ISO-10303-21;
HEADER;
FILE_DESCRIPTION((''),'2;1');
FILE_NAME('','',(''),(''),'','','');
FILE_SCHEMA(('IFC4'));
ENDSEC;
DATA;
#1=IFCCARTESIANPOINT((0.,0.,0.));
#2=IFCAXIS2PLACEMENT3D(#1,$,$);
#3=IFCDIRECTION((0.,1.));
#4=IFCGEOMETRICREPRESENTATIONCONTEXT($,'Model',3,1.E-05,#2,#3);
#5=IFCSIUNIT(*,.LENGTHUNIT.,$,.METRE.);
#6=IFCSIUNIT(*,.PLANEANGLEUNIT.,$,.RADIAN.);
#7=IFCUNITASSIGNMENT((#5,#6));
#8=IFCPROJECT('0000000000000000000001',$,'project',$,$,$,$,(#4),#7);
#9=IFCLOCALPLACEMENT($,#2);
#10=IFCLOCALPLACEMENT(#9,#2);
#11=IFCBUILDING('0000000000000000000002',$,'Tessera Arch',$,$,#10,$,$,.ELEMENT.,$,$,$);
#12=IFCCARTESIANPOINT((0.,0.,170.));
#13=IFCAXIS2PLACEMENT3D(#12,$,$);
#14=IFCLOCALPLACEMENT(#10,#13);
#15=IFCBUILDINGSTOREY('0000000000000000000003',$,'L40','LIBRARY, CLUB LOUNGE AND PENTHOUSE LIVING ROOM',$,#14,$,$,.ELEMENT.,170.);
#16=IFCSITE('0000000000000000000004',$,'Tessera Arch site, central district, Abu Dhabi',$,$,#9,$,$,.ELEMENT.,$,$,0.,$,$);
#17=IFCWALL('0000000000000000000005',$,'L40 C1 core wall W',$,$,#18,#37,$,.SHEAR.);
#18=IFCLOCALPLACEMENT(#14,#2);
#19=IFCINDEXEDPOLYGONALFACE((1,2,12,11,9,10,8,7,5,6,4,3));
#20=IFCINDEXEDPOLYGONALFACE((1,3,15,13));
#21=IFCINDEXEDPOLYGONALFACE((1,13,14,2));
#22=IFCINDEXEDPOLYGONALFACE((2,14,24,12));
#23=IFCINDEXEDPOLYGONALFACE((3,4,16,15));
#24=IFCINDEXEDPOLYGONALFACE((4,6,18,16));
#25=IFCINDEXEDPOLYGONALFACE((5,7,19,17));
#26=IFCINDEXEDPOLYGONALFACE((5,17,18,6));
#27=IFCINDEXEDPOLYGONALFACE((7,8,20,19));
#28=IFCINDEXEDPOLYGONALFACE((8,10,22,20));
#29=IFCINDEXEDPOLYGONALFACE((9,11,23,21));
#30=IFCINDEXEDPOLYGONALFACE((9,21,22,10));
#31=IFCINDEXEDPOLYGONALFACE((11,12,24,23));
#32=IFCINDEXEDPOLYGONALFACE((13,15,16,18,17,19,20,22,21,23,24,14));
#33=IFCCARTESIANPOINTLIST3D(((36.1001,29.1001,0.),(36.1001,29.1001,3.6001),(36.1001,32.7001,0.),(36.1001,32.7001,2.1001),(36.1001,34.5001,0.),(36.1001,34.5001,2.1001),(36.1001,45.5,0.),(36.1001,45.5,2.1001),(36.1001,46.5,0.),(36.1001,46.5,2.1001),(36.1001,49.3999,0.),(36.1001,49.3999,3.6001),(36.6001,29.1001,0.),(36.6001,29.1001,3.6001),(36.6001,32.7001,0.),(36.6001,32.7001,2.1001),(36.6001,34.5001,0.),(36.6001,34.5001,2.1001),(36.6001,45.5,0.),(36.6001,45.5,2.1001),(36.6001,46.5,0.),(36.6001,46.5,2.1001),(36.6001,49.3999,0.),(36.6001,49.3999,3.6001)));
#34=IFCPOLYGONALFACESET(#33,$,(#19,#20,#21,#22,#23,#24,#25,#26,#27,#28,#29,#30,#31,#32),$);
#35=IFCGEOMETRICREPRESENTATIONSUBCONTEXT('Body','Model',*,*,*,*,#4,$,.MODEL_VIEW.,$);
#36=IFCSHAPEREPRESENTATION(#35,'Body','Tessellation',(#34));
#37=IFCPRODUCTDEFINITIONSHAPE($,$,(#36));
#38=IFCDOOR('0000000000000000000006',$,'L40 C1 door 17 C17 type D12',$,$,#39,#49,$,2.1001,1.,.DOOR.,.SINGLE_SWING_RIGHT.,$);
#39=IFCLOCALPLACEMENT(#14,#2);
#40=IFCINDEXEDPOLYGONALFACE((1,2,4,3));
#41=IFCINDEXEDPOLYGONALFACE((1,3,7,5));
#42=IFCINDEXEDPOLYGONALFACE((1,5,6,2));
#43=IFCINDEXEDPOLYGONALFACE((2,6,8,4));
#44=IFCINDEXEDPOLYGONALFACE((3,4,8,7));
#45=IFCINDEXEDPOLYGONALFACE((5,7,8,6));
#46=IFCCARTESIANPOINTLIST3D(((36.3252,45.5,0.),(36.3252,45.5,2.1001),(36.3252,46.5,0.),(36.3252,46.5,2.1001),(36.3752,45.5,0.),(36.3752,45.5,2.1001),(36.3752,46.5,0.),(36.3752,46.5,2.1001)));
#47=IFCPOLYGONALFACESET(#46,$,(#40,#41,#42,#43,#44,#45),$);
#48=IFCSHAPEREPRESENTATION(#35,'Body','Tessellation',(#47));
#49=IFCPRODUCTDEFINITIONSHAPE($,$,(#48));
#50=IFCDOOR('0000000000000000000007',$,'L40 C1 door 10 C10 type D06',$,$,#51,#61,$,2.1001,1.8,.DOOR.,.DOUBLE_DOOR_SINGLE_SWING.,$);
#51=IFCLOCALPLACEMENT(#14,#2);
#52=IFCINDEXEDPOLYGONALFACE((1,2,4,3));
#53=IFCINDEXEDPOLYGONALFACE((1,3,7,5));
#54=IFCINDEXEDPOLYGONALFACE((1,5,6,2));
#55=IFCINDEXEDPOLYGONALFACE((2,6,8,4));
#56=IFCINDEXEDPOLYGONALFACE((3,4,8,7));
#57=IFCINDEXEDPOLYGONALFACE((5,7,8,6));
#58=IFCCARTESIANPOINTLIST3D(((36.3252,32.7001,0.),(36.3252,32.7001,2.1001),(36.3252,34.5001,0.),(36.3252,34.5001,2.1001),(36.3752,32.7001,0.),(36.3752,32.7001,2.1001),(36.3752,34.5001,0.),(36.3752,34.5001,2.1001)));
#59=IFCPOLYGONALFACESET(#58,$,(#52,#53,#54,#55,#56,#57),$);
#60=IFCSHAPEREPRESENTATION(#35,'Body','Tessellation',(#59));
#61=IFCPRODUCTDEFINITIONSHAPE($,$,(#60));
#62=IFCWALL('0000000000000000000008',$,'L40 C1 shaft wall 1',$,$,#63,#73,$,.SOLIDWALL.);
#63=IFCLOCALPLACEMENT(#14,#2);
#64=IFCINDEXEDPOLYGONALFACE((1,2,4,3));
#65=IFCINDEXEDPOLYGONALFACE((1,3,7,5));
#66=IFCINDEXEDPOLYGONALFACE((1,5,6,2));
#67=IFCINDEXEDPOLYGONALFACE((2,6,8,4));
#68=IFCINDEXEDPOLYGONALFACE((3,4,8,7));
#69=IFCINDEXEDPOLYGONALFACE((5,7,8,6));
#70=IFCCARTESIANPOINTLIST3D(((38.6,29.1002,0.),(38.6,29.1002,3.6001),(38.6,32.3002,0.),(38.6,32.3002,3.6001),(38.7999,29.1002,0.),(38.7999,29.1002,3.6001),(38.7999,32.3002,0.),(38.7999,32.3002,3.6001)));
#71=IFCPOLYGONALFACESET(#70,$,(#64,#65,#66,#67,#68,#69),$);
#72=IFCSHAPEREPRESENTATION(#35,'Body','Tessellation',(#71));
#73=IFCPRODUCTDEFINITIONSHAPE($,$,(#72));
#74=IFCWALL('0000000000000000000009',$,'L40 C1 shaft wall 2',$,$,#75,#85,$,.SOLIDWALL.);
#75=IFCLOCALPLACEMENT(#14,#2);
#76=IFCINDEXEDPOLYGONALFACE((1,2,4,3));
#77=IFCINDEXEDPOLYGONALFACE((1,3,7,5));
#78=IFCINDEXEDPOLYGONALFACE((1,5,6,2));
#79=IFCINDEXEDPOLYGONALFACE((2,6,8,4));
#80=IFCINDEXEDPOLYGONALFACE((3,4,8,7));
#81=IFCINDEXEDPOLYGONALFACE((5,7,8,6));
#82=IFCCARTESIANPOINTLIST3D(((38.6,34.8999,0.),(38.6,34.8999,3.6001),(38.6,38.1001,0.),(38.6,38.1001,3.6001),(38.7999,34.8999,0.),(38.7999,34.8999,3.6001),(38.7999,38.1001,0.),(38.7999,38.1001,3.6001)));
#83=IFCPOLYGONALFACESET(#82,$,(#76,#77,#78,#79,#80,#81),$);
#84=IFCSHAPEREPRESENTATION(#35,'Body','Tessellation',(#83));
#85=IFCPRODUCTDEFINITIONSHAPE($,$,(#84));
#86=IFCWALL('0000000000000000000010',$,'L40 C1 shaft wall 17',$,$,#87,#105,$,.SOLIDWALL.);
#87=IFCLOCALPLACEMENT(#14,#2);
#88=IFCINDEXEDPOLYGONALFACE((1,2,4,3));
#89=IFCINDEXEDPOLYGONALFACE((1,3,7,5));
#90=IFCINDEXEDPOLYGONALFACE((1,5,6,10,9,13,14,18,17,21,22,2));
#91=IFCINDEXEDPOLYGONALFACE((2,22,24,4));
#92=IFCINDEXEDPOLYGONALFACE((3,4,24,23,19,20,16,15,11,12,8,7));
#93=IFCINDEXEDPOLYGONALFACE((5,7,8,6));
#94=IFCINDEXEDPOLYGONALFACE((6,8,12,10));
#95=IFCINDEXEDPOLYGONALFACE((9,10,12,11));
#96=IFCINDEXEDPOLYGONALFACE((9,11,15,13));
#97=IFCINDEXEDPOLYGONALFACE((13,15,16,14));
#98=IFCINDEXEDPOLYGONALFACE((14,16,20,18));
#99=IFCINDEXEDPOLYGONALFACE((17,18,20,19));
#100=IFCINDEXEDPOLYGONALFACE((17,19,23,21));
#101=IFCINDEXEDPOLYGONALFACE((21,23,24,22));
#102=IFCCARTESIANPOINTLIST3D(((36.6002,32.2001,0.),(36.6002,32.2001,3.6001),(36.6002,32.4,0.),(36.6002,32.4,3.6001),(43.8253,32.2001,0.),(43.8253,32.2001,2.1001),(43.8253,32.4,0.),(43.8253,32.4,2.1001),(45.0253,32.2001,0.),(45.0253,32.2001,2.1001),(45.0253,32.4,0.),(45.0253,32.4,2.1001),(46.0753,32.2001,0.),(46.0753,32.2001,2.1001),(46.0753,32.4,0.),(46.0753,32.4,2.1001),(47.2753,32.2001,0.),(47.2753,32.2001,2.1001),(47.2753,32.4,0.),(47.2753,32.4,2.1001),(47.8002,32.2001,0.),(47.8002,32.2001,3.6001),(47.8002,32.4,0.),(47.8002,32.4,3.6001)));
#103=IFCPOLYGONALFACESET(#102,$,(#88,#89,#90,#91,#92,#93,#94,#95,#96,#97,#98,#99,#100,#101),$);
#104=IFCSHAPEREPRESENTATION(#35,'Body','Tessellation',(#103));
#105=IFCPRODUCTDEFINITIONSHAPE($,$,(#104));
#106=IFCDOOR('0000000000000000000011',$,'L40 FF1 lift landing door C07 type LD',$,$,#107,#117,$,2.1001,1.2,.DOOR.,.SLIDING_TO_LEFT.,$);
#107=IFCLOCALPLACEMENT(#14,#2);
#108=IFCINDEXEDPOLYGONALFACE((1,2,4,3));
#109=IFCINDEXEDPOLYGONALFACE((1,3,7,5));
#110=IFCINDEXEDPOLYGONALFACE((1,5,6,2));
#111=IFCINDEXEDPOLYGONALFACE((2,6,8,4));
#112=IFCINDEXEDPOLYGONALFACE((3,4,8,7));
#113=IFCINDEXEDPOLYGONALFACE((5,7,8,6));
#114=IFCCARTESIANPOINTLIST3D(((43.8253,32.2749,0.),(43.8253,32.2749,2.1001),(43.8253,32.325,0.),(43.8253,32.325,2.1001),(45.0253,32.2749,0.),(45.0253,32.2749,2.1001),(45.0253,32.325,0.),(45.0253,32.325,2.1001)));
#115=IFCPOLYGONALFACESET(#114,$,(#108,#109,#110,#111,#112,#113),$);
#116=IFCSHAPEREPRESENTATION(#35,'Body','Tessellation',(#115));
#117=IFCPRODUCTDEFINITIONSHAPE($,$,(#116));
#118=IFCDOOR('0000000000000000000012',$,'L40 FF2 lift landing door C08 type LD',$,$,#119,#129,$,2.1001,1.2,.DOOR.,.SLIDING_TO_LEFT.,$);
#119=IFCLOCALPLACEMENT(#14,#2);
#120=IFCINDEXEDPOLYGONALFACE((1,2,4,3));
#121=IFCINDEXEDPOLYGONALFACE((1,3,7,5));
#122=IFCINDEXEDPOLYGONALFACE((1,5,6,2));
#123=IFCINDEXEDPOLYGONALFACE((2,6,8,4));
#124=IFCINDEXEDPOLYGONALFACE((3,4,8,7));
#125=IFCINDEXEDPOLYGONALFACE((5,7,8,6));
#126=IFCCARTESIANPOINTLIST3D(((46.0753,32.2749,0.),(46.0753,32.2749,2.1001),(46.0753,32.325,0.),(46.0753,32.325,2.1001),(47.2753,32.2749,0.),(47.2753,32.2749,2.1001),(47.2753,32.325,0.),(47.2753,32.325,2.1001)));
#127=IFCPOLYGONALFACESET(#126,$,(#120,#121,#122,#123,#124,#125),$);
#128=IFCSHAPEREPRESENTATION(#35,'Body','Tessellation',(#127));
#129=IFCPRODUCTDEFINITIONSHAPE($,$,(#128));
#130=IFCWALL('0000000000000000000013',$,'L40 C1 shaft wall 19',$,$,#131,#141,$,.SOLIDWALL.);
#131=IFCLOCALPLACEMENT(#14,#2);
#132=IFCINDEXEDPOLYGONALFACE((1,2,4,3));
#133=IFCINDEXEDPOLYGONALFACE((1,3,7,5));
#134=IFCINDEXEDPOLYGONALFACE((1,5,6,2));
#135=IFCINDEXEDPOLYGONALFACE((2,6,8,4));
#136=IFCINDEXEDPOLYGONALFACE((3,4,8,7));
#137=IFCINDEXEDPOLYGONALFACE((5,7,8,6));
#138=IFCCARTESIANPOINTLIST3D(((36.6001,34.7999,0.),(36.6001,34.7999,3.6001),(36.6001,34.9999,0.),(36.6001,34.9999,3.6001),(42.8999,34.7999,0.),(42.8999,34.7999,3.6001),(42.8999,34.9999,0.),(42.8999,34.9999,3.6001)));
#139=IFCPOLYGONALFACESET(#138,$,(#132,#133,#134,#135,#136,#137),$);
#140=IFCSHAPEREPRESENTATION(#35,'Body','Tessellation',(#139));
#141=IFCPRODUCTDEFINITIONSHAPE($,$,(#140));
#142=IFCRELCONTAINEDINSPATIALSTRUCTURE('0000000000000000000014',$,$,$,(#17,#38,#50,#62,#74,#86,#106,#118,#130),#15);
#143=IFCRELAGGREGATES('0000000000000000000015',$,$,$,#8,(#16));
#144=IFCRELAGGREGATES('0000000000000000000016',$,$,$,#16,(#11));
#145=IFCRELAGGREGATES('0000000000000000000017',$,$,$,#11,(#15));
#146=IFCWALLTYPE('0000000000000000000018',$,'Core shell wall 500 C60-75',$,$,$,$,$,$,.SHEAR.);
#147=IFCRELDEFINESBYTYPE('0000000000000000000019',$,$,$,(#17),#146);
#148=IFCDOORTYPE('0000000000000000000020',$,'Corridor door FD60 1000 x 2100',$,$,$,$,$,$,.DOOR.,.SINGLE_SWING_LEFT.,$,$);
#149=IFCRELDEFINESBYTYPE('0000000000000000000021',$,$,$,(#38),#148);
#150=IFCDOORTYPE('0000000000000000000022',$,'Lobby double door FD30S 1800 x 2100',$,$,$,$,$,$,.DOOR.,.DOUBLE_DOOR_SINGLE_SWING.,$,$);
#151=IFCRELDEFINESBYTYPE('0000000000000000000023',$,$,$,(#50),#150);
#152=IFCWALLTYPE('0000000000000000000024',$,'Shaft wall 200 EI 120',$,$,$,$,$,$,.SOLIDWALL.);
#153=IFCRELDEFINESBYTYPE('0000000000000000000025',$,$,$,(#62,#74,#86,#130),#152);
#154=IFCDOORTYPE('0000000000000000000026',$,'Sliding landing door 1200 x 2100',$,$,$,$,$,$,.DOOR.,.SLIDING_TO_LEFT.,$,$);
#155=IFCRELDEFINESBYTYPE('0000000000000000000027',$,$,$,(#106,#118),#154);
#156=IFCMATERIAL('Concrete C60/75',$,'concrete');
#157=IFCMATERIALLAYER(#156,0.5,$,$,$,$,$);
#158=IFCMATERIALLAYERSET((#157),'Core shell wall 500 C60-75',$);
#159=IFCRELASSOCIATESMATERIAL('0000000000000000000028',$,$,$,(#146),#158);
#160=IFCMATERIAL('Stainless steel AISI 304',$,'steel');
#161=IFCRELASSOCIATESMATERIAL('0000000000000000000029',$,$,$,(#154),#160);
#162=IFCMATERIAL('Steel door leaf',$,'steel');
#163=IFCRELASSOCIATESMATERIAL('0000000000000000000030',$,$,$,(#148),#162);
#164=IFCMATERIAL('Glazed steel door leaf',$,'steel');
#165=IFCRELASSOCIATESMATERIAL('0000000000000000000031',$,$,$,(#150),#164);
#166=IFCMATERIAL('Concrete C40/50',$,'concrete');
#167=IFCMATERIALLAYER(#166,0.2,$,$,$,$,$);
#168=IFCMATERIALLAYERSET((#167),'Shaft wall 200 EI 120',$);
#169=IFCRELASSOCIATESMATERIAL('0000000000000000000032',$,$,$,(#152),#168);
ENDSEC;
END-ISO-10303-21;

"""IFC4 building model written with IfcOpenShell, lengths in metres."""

from ifc_helpers import new_model, si_unit, direction, frame, frame_2d, origin, place, context, subcontext, project, spatial, rectangle, extrude, material, layer, layer_set, type_object, element, fill, save


model = new_model("IFC4")

# Units and contexts
model_context = context("Model", 3, precision=1e-05, world=origin(), true_north=direction((0.0, 1.0)))
body_context = subcontext(model_context, "Body", "Model", "MODEL_VIEW")
ifc_project = project(units=[si_unit("LENGTHUNIT", "METRE"), si_unit("PLANEANGLEUNIT", "RADIAN")], contexts=[model_context])

# Site, building, storey
site_placement = place(None, origin())
site = spatial("IfcSite", under=ifc_project, at=site_placement, Name="Tessera Arch site, central district, Abu Dhabi", CompositionType="ELEMENT", RefElevation=0.0)
building_placement = place(site_placement, origin())
building = spatial("IfcBuilding", under=site, at=building_placement, Name="Tessera Arch", CompositionType="ELEMENT")
storey_placement = place(building_placement, frame((0.0, 0.0, 170.0)))
storey = spatial("IfcBuildingStorey", under=building, at=storey_placement, Name="L40", Description="LIBRARY, CLUB LOUNGE AND PENTHOUSE LIVING ROOM", CompositionType="ELEMENT", Elevation=170.0)

# Wall, openings, doors
ifc_material_1 = material(Name="Concrete C60/75", Category="concrete")
ifc_layer_1 = layer(ifc_material_1, 0.5)
ifc_layer_set_1 = layer_set([ifc_layer_1], Name="Core shell wall 500 C60-75")
wall_type_1 = type_object("IfcWallType", Name="Core shell wall 500 C60-75", PredefinedType="SHEAR", material=ifc_layer_set_1)
ifc_material_2 = material(Name="Stainless steel AISI 304", Category="steel")
door_type_1 = type_object("IfcDoorType", Name="Sliding landing door 1200 x 2100", OperationType="SLIDING_TO_LEFT", PredefinedType="DOOR", material=ifc_material_2)
wall_1_placement = place(storey_placement, frame((36.3501, 29.1001, 0.0), z_axis=(0.0, 0.0, 1.0), x_axis=(0.0, 1.0, 0.0)))
wall_1 = element("IfcWall", 1, at=wall_1_placement, inside=storey, type_object=wall_type_1, Name="L40 C1 core wall W", PredefinedType="SHEAR", context=body_context, shape_type="SweptSolid", body=[
    extrude(rectangle(XDim=20.2998, YDim=0.5, at=frame_2d((10.1499, 0.0))), origin(), (0.0, 0.0, 1.0), 3.6001),
])
opening_1_placement = place(wall_1_placement, frame((3.6001, 0.0, 0.0)))
opening_1 = element("IfcOpeningElement", 2, at=opening_1_placement, cuts=wall_1, PredefinedType="OPENING", context=body_context, shape_type="SweptSolid", body=[
    extrude(rectangle(XDim=1.8, YDim=2.1001, at=frame_2d((0.8999, 1.05))), frame((0.0, 0.26, 0.0), z_axis=(0.0, -1.0, 0.0), x_axis=(1.0, 0.0, 0.0)), (0.0, 0.0, 1.0), 0.52),
])
opening_2_placement = place(wall_1_placement, frame((16.3999, 0.0, 0.0)))
opening_2 = element("IfcOpeningElement", 3, at=opening_2_placement, cuts=wall_1, PredefinedType="OPENING", context=body_context, shape_type="SweptSolid", body=[
    extrude(rectangle(XDim=1.0, YDim=2.1001, at=frame_2d((0.5, 1.05))), frame((0.0, 0.26, 0.0), z_axis=(0.0, -1.0, 0.0), x_axis=(1.0, 0.0, 0.0)), (0.0, 0.0, 1.0), 0.52),
])
ifc_material_3 = material(Name="Steel door leaf", Category="steel")
door_type_2 = type_object("IfcDoorType", Name="Corridor door FD60 1000 x 2100", OperationType="SINGLE_SWING_LEFT", PredefinedType="DOOR", material=ifc_material_3)
door_1_placement = place(opening_2_placement, origin())
door_1 = element("IfcDoor", 4, at=door_1_placement, inside=storey, type_object=door_type_2, Name="L40 C1 door 17 C17 type D12", OperationType="SINGLE_SWING_RIGHT", OverallHeight=2.1001, OverallWidth=1.0, PredefinedType="DOOR", context=body_context, shape_type="SweptSolid", body=[
    extrude(rectangle(XDim=1.0, YDim=2.1001, at=frame_2d((0.5, 1.05))), frame((0.0, 0.0249, 0.0), z_axis=(0.0, -1.0, 0.0), x_axis=(1.0, 0.0, 0.0)), (0.0, 0.0, 1.0), 0.05),
])
fill(opening_2, door_1)
ifc_material_4 = material(Name="Glazed steel door leaf", Category="steel")
door_type_3 = type_object("IfcDoorType", Name="Lobby double door FD30S 1800 x 2100", OperationType="DOUBLE_DOOR_SINGLE_SWING", PredefinedType="DOOR", material=ifc_material_4)
door_2_placement = place(opening_1_placement, origin())
door_2 = element("IfcDoor", 5, at=door_2_placement, inside=storey, type_object=door_type_3, Name="L40 C1 door 10 C10 type D06", OperationType="DOUBLE_DOOR_SINGLE_SWING", OverallHeight=2.1001, OverallWidth=1.8, PredefinedType="DOOR", context=body_context, shape_type="SweptSolid", body=[
    extrude(rectangle(XDim=1.8, YDim=2.1001, at=frame_2d((0.8999, 1.05))), frame((0.0, 0.0249, 0.0), z_axis=(0.0, -1.0, 0.0), x_axis=(1.0, 0.0, 0.0)), (0.0, 0.0, 1.0), 0.05),
])
fill(opening_1, door_2)

# Walls
ifc_material_5 = material(Name="Concrete C40/50", Category="concrete")
ifc_layer_2 = layer(ifc_material_5, 0.2)
ifc_layer_set_2 = layer_set([ifc_layer_2], Name="Shaft wall 200 EI 120")
wall_type_2 = type_object("IfcWallType", Name="Shaft wall 200 EI 120", PredefinedType="SOLIDWALL", material=ifc_layer_set_2)
wall_2_placement = place(storey_placement, frame((38.7, 29.1001, 0.0), z_axis=(0.0, 0.0, 1.0), x_axis=(0.0, 1.0, 0.0)))
element("IfcWall", 6, at=wall_2_placement, inside=storey, type_object=wall_type_2, Name="L40 C1 shaft wall 1", PredefinedType="SOLIDWALL", context=body_context, shape_type="SweptSolid", body=[
    extrude(rectangle(XDim=3.2, YDim=0.2, at=frame_2d((1.6001, 0.0))), origin(), (0.0, 0.0, 1.0), 3.6001),
])
wall_3_placement = place(storey_placement, frame((38.7, 34.8999, 0.0), z_axis=(0.0, 0.0, 1.0), x_axis=(0.0, 1.0, 0.0)))
element("IfcWall", 7, at=wall_3_placement, inside=storey, type_object=wall_type_2, Name="L40 C1 shaft wall 2", PredefinedType="SOLIDWALL", context=body_context, shape_type="SweptSolid", body=[
    extrude(rectangle(XDim=3.2002, YDim=0.2, at=frame_2d((1.6001, 0.0))), origin(), (0.0, 0.0, 1.0), 3.6001),
])

# Wall, openings, doors
wall_4_placement = place(storey_placement, frame((36.6001, 32.3, 0.0), z_axis=(0.0, 0.0, 1.0), x_axis=(1.0, 0.0, 0.0)))
wall_4 = element("IfcWall", 8, at=wall_4_placement, inside=storey, type_object=wall_type_2, Name="L40 C1 shaft wall 17", PredefinedType="SOLIDWALL", context=body_context, shape_type="SweptSolid", body=[
    extrude(rectangle(XDim=11.2, YDim=0.2, at=frame_2d((5.6001, 0.0))), origin(), (0.0, 0.0, 1.0), 3.6001),
])
opening_3_placement = place(wall_4_placement, frame((7.2251, 0.0, 0.0)))
opening_3 = element("IfcOpeningElement", 9, at=opening_3_placement, cuts=wall_4, PredefinedType="OPENING", context=body_context, shape_type="SweptSolid", body=[
    extrude(rectangle(XDim=1.2, YDim=2.1001, at=frame_2d((0.6001, 1.05))), frame((0.0, 0.1099, 0.0), z_axis=(0.0, -1.0, 0.0), x_axis=(1.0, 0.0, 0.0)), (0.0, 0.0, 1.0), 0.22),
])
opening_4_placement = place(wall_4_placement, frame((9.4751, 0.0, 0.0)))
opening_4 = element("IfcOpeningElement", 10, at=opening_4_placement, cuts=wall_4, PredefinedType="OPENING", context=body_context, shape_type="SweptSolid", body=[
    extrude(rectangle(XDim=1.2, YDim=2.1001, at=frame_2d((0.6001, 1.05))), frame((0.0, 0.1099, 0.0), z_axis=(0.0, -1.0, 0.0), x_axis=(1.0, 0.0, 0.0)), (0.0, 0.0, 1.0), 0.22),
])
door_3_placement = place(opening_3_placement, origin())
door_3 = element("IfcDoor", 11, at=door_3_placement, inside=storey, type_object=door_type_1, Name="L40 FF1 lift landing door C07 type LD", OperationType="SLIDING_TO_LEFT", OverallHeight=2.1001, OverallWidth=1.2, PredefinedType="DOOR", context=body_context, shape_type="SweptSolid", body=[
    extrude(rectangle(XDim=1.2, YDim=2.1001, at=frame_2d((0.6001, 1.05))), frame((0.0, 0.0249, 0.0), z_axis=(0.0, -1.0, 0.0), x_axis=(1.0, 0.0, 0.0)), (0.0, 0.0, 1.0), 0.05),
])
fill(opening_3, door_3)
door_4_placement = place(opening_4_placement, origin())
door_4 = element("IfcDoor", 12, at=door_4_placement, inside=storey, type_object=door_type_1, Name="L40 FF2 lift landing door C08 type LD", OperationType="SLIDING_TO_LEFT", OverallHeight=2.1001, OverallWidth=1.2, PredefinedType="DOOR", context=body_context, shape_type="SweptSolid", body=[
    extrude(rectangle(XDim=1.2, YDim=2.1001, at=frame_2d((0.6001, 1.05))), frame((0.0, 0.0249, 0.0), z_axis=(0.0, -1.0, 0.0), x_axis=(1.0, 0.0, 0.0)), (0.0, 0.0, 1.0), 0.05),
])
fill(opening_4, door_4)

# Wall
wall_5_placement = place(storey_placement, frame((36.6001, 34.8999, 0.0), z_axis=(0.0, 0.0, 1.0), x_axis=(1.0, 0.0, 0.0)))
element("IfcWall", 13, at=wall_5_placement, inside=storey, type_object=wall_type_2, Name="L40 C1 shaft wall 19", PredefinedType="SOLIDWALL", context=body_context, shape_type="SweptSolid", body=[
    extrude(rectangle(XDim=6.2998, YDim=0.2, at=frame_2d((3.1499, 0.0))), origin(), (0.0, 0.0, 1.0), 3.6001),
])

save(model, "model.ifc")
